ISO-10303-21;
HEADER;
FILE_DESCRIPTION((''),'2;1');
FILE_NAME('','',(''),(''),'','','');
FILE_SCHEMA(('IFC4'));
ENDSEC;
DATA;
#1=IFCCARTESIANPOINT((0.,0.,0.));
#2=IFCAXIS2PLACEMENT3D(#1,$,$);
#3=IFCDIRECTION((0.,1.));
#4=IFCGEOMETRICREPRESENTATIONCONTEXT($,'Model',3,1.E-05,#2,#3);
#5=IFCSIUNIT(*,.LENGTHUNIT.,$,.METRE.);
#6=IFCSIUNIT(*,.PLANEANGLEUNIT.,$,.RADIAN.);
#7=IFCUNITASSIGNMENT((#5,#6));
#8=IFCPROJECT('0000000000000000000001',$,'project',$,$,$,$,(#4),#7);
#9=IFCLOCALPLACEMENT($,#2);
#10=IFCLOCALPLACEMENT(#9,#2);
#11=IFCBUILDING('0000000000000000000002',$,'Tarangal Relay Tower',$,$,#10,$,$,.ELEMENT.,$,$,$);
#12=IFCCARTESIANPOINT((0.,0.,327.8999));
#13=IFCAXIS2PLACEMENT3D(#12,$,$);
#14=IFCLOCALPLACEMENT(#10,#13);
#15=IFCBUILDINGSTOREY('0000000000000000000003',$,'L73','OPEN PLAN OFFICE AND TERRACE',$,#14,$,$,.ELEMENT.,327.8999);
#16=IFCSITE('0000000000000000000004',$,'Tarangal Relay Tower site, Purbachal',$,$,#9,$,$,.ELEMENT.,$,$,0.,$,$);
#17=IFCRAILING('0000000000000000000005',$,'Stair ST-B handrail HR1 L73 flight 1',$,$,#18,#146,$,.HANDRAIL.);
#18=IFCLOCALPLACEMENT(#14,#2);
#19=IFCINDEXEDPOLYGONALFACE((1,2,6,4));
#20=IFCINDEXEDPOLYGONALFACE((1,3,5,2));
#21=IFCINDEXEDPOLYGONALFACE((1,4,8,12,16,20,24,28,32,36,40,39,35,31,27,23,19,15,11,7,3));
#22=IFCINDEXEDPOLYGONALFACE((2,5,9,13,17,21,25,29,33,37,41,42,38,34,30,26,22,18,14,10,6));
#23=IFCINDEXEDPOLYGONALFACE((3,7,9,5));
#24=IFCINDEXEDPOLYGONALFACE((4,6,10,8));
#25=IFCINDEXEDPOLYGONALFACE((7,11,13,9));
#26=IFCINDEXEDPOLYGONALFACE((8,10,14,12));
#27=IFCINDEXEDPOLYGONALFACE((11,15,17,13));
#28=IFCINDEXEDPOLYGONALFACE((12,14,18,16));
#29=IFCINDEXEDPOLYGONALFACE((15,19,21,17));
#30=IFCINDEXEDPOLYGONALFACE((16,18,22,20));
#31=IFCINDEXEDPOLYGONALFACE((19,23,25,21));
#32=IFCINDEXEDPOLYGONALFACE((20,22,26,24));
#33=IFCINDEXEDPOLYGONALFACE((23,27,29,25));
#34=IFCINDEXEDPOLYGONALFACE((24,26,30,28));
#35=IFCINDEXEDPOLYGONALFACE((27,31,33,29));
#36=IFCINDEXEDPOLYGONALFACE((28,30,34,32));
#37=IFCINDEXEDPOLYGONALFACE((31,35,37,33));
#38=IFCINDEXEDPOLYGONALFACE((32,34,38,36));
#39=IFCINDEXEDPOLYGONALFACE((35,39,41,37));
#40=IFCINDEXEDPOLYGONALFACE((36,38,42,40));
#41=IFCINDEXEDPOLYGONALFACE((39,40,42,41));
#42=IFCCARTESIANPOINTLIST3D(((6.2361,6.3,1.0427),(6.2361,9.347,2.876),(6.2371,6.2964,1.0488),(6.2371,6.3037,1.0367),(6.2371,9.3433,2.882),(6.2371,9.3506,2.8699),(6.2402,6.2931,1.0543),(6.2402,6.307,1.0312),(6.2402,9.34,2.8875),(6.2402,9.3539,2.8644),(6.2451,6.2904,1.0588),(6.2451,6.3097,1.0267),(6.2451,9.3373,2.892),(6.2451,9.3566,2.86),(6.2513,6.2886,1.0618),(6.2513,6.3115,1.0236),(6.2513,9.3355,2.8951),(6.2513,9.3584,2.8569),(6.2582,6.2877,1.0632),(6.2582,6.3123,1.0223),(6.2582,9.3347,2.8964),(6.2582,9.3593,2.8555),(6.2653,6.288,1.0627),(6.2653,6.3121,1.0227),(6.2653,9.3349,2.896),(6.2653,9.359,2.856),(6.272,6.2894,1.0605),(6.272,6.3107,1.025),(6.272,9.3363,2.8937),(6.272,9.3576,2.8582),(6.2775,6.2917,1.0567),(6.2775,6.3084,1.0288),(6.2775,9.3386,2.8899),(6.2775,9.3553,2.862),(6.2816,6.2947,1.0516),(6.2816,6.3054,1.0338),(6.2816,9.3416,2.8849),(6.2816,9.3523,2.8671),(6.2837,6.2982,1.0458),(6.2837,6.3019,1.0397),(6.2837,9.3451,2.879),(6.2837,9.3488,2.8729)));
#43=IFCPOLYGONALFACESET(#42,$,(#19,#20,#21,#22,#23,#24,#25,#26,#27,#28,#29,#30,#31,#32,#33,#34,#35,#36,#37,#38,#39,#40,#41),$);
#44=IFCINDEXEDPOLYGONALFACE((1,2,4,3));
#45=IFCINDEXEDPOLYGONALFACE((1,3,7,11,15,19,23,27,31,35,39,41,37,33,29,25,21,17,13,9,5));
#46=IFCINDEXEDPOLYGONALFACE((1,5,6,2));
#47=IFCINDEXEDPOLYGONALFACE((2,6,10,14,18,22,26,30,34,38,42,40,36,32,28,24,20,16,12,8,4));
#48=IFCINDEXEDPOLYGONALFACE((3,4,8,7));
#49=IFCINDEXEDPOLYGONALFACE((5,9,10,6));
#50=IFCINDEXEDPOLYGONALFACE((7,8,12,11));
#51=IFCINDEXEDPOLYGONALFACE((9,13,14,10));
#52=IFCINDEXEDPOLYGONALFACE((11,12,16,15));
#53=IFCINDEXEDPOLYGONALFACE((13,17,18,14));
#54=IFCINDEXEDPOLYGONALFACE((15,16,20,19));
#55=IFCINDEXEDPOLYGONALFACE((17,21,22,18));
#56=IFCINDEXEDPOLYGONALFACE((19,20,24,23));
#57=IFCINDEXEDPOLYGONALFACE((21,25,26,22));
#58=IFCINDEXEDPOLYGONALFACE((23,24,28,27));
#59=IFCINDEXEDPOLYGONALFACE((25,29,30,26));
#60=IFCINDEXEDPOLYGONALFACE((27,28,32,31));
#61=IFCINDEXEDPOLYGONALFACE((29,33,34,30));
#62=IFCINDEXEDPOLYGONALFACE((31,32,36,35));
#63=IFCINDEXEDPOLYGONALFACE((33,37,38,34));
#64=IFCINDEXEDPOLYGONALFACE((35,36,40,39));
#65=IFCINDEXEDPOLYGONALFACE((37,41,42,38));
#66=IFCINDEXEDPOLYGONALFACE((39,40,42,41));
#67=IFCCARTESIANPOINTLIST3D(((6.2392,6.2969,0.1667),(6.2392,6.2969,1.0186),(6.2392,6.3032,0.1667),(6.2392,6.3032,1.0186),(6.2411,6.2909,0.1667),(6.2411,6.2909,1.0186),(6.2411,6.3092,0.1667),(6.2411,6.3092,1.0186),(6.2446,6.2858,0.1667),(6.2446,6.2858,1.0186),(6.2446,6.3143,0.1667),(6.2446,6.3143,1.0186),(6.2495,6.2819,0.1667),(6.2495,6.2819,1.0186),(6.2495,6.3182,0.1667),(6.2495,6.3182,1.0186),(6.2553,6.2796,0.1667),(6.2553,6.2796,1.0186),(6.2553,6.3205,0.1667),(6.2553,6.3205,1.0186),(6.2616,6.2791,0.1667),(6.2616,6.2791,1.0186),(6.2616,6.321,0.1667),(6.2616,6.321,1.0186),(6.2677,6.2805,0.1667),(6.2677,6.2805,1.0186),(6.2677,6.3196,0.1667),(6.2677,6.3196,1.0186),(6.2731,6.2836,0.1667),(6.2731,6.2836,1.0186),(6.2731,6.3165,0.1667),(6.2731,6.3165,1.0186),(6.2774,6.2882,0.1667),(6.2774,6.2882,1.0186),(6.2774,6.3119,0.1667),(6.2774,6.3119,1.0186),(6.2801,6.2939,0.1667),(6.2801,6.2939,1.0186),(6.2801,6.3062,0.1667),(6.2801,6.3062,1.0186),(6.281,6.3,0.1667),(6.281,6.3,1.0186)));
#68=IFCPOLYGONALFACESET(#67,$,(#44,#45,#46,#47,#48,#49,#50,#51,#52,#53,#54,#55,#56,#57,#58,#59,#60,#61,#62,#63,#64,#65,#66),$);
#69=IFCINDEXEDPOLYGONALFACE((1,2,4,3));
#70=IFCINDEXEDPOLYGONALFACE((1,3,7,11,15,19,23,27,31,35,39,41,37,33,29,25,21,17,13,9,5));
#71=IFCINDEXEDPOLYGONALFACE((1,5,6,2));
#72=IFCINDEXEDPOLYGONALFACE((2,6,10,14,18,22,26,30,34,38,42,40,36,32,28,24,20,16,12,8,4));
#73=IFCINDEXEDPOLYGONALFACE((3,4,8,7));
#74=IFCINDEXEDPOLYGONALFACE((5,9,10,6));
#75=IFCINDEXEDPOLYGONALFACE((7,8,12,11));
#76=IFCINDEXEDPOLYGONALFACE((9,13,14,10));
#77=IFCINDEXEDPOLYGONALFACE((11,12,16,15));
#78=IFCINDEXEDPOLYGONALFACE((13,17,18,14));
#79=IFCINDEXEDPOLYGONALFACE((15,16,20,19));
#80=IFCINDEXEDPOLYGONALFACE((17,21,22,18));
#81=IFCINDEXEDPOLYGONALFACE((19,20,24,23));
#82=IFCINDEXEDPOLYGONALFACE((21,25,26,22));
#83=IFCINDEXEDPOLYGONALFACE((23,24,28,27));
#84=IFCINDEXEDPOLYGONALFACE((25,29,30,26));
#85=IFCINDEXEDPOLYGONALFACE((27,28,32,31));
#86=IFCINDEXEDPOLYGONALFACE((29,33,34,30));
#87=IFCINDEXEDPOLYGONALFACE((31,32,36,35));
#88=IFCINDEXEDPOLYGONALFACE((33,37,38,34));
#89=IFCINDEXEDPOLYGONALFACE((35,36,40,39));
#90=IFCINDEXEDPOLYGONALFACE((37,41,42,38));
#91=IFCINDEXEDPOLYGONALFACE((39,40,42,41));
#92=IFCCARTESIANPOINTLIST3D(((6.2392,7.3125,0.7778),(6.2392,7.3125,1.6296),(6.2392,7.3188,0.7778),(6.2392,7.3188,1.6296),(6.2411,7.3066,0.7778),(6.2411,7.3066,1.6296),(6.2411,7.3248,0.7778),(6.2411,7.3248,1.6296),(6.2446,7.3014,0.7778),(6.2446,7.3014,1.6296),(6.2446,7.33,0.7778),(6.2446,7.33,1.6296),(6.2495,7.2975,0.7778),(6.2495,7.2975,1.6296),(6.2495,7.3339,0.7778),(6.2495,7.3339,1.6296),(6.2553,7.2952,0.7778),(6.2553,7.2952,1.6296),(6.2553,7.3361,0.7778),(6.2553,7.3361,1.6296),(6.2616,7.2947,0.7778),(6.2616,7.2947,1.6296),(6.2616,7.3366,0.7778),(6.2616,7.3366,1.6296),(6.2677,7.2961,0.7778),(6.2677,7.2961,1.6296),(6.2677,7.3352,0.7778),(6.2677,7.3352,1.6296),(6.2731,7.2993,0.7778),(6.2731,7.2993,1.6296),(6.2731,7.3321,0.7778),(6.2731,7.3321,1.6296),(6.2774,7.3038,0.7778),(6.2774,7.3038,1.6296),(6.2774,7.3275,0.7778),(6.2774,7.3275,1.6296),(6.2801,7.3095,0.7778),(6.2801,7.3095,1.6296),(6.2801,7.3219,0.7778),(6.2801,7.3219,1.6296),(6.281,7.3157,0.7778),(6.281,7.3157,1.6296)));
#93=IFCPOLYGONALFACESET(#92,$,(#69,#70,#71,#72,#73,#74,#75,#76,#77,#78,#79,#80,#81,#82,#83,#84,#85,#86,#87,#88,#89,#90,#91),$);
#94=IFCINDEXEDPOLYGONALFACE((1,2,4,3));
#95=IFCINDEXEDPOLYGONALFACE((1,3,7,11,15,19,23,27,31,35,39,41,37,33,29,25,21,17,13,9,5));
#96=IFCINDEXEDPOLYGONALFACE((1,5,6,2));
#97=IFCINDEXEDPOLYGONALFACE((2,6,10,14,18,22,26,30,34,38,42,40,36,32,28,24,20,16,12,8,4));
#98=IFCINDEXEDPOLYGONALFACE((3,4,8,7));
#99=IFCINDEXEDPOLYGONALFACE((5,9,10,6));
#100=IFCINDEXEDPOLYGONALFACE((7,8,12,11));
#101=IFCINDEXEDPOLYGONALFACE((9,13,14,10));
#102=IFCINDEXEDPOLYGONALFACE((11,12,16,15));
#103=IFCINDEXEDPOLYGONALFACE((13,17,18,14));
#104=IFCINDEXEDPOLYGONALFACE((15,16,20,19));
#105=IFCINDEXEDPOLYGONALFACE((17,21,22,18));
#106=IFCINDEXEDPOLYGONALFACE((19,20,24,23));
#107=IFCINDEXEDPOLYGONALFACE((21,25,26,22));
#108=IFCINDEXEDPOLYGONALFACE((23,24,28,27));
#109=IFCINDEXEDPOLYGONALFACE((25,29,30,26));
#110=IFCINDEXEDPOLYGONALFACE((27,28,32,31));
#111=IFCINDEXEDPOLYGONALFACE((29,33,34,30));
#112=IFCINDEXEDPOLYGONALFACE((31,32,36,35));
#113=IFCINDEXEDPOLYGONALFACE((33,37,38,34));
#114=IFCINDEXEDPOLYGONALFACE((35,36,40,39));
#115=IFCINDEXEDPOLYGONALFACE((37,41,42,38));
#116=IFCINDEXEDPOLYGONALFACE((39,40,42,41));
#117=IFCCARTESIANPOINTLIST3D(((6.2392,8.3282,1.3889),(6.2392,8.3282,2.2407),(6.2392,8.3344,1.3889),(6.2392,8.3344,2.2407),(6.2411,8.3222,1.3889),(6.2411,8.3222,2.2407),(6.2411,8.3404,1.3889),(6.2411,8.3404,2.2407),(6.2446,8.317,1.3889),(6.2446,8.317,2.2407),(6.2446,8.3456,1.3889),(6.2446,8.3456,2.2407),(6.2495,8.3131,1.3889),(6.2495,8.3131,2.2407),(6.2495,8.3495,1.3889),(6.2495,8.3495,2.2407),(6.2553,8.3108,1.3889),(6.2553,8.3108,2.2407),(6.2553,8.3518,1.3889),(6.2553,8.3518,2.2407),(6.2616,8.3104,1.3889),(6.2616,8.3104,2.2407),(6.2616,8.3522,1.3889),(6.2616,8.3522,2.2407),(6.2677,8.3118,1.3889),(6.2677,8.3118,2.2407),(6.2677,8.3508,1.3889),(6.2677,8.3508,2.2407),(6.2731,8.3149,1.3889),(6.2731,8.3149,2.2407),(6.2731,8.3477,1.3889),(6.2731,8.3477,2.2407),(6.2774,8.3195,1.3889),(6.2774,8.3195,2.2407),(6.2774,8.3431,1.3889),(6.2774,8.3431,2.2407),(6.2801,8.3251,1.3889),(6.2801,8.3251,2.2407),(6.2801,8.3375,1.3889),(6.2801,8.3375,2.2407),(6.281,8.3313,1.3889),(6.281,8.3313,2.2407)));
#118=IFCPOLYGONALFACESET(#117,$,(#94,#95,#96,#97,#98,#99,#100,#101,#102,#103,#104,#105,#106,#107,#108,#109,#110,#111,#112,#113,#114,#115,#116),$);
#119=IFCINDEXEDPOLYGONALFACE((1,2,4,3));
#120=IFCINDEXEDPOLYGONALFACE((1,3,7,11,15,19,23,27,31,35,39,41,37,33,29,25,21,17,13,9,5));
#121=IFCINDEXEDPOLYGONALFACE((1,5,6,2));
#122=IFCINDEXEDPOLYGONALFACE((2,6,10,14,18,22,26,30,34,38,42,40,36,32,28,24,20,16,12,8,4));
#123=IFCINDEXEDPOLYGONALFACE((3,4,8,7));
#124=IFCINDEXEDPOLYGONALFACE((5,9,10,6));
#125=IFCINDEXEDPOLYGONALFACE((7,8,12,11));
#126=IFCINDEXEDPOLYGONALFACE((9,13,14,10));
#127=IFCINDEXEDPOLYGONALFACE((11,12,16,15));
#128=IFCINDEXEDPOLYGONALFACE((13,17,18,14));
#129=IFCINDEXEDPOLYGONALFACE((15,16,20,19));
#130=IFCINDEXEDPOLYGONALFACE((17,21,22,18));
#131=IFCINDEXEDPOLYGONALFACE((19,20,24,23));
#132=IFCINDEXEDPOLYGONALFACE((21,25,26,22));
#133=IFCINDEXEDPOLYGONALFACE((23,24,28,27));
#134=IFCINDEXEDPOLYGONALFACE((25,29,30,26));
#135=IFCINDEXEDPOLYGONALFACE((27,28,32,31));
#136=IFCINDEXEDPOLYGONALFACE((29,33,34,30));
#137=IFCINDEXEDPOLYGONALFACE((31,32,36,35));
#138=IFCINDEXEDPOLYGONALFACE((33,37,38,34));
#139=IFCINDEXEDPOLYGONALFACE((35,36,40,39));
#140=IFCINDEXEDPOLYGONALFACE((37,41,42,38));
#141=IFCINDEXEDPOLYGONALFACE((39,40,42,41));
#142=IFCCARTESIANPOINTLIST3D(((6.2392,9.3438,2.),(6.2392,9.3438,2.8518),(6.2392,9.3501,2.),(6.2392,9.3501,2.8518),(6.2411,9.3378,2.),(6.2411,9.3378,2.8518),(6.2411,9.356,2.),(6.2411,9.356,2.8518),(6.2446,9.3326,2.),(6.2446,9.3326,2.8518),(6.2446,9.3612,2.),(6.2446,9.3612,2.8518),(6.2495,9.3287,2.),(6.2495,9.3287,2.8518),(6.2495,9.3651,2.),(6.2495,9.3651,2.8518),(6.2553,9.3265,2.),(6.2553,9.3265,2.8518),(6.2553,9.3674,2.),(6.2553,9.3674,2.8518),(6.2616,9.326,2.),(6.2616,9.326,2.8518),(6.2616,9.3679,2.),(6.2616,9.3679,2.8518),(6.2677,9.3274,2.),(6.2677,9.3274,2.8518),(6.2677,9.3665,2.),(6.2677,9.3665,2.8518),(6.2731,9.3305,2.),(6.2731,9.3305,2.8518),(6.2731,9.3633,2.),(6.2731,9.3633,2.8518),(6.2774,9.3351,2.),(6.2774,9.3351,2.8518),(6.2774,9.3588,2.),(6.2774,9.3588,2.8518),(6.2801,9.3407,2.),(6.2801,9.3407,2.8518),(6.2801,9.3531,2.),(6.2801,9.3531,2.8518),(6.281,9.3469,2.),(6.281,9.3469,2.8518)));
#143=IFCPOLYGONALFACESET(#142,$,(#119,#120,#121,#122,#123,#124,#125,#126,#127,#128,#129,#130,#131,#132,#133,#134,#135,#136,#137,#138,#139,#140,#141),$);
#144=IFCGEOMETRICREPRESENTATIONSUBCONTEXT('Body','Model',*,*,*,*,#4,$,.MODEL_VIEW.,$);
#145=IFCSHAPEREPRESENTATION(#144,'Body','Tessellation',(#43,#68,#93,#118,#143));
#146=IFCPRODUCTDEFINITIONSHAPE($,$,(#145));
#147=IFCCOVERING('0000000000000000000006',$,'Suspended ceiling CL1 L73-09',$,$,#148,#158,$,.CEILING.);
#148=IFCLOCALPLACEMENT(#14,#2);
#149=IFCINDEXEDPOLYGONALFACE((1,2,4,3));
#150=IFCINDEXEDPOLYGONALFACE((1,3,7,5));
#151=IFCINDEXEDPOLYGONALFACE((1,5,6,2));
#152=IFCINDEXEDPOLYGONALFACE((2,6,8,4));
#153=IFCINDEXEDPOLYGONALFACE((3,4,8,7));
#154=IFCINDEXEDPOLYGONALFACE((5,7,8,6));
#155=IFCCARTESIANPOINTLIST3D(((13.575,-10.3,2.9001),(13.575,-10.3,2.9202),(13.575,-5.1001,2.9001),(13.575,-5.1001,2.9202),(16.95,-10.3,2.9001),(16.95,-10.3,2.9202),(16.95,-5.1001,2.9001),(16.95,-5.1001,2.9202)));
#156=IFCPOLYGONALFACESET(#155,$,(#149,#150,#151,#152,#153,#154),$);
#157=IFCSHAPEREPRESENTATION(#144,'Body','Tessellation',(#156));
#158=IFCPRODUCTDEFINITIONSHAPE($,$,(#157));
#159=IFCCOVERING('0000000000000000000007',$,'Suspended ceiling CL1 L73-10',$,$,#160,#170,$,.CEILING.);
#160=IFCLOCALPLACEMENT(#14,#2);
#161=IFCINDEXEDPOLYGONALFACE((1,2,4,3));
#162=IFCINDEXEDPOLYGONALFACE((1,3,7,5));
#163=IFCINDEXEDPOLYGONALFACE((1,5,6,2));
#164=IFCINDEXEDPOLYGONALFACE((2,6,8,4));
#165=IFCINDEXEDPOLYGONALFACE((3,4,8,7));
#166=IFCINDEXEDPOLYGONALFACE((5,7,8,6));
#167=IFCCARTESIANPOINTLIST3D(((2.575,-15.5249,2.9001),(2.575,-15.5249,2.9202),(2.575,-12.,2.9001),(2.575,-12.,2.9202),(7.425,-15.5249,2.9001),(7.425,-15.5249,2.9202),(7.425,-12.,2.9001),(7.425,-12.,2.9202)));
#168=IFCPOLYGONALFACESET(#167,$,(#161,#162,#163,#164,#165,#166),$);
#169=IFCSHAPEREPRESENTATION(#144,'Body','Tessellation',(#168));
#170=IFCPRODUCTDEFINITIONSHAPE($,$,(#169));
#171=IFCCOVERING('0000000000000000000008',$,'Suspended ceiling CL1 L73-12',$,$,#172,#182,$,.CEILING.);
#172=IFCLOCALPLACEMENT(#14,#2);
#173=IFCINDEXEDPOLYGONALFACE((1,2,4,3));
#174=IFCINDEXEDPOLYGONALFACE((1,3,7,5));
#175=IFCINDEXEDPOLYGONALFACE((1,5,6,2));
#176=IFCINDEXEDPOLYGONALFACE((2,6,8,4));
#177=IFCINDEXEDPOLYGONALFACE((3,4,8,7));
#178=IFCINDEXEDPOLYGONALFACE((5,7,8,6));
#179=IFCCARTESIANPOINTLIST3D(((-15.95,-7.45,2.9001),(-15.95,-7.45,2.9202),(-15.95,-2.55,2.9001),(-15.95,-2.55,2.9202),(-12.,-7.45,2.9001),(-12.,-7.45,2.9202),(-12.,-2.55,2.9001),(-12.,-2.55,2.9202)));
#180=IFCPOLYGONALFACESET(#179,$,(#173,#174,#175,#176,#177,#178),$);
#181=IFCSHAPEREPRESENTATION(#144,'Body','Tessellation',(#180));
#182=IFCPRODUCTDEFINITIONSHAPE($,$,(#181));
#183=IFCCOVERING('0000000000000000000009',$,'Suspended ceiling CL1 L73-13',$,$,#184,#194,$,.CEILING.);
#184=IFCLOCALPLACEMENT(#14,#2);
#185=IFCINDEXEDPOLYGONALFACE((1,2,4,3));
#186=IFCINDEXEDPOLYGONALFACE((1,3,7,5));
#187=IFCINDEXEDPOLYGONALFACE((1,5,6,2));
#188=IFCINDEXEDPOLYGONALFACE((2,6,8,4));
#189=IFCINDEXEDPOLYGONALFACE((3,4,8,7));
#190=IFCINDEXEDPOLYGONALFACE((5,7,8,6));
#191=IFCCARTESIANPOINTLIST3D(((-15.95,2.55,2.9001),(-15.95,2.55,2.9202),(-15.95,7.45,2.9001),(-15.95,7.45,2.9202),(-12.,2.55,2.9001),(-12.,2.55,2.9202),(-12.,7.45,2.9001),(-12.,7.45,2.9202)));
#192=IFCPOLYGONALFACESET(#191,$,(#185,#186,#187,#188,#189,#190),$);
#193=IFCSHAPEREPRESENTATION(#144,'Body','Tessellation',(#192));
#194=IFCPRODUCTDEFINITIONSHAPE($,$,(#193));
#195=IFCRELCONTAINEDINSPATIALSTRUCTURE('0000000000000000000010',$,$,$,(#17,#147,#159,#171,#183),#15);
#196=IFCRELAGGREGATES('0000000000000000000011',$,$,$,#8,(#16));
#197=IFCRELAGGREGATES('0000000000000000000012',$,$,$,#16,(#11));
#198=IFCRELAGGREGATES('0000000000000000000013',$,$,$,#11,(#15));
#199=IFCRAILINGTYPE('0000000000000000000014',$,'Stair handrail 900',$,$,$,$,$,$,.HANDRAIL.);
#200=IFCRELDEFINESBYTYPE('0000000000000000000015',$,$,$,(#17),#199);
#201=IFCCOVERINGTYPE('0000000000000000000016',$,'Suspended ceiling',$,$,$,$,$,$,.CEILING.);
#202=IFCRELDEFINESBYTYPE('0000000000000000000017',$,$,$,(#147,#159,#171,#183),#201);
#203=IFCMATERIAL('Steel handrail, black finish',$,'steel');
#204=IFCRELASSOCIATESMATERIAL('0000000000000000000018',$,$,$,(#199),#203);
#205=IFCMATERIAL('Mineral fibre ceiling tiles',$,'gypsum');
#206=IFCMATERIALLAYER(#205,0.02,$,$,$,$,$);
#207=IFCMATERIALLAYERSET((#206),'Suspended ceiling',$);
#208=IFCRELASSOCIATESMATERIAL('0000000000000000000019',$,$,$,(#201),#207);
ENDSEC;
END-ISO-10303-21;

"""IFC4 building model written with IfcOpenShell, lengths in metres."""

from ifc_helpers import new_model, si_unit, direction, frame, origin, origin_2d, place, context, subcontext, project, spatial, polyline, circle, outline, extrude, material, layer, layer_set, type_object, element, save


model = new_model("IFC4")

# Units and contexts
model_context = context("Model", 3, precision=1e-05, world=origin(), true_north=direction((0.0, 1.0)))
body_context = subcontext(model_context, "Body", "Model", "MODEL_VIEW")
ifc_project = project(units=[si_unit("LENGTHUNIT", "METRE"), si_unit("PLANEANGLEUNIT", "RADIAN")], contexts=[model_context])

# Site, building, storey
site_placement = place(None, origin())
site = spatial("IfcSite", under=ifc_project, at=site_placement, Name="Tarangal Relay Tower site, Purbachal", CompositionType="ELEMENT", RefElevation=0.0)
building_placement = place(site_placement, origin())
building = spatial("IfcBuilding", under=site, at=building_placement, Name="Tarangal Relay Tower", CompositionType="ELEMENT")
storey_placement = place(building_placement, frame((0.0, 0.0, 327.8999)))
storey = spatial("IfcBuildingStorey", under=building, at=storey_placement, Name="L73", Description="OPEN PLAN OFFICE AND TERRACE", CompositionType="ELEMENT", Elevation=327.8999)

# Railing
ifc_material_1 = material(Name="Steel handrail, black finish", Category="steel")
railing_type_1 = type_object("IfcRailingType", Name="Stair handrail 900", PredefinedType="HANDRAIL", material=ifc_material_1)
railing_1_placement = place(storey_placement, frame((6.26, 6.3, 0.1667)))
element("IfcRailing", 1, at=railing_1_placement, inside=storey, type_object=railing_type_1, Name="Stair ST-B handrail HR1 L73 flight 1", PredefinedType="HANDRAIL", context=body_context, shape_type="SweptSolid", body=[
    extrude(circle(Radius=0.0239, at=origin_2d()), frame((0.0, 0.0, 0.876), z_axis=(0.0, 0.856856, 0.515556), x_axis=(-1.0, 0.0, 0.0)), (0.0, 0.0, 1.0), 3.5559),
    extrude(circle(Radius=0.021, at=origin_2d()), origin(), (0.0, 0.0, 1.0), 0.8518),
    extrude(circle(Radius=0.021, at=origin_2d()), frame((0.0, 1.0156, 0.6111)), (0.0, 0.0, 1.0), 0.8518),
    extrude(circle(Radius=0.021, at=origin_2d()), frame((0.0, 2.0312, 1.2222)), (0.0, 0.0, 1.0), 0.8518),
    extrude(circle(Radius=0.021, at=origin_2d()), frame((0.0, 3.0469, 1.8333)), (0.0, 0.0, 1.0), 0.8518),
])

# Coverings
ifc_material_2 = material(Name="Mineral fibre ceiling tiles", Category="gypsum")
ifc_layer_1 = layer(ifc_material_2, 0.02)
ifc_layer_set_1 = layer_set([ifc_layer_1], Name="Suspended ceiling")
covering_type = type_object("IfcCoveringType", Name="Suspended ceiling", PredefinedType="CEILING", material=ifc_layer_set_1)
covering_1_placement = place(storey_placement, frame((0.0, 0.0, 2.9001)))
element("IfcCovering", 2, at=covering_1_placement, inside=storey, type_object=covering_type, Name="Suspended ceiling CL1 L73-09", PredefinedType="CEILING", context=body_context, shape_type="SweptSolid", body=[
    extrude(outline(polyline([(13.575, -5.1001), (13.575, -10.3), (16.95, -10.3), (16.95, -5.1001), (13.575, -5.1001)])), origin(), (0.0, 0.0, 1.0), 0.02),
])
covering_2_placement = place(storey_placement, frame((0.0, 0.0, 2.9001)))
element("IfcCovering", 3, at=covering_2_placement, inside=storey, type_object=covering_type, Name="Suspended ceiling CL1 L73-10", PredefinedType="CEILING", context=body_context, shape_type="SweptSolid", body=[
    extrude(outline(polyline([(2.575, -12.0), (2.575, -15.5249), (7.425, -15.5249), (7.425, -12.0), (2.575, -12.0)])), origin(), (0.0, 0.0, 1.0), 0.02),
])
covering_3_placement = place(storey_placement, frame((0.0, 0.0, 2.9001)))
element("IfcCovering", 4, at=covering_3_placement, inside=storey, type_object=covering_type, Name="Suspended ceiling CL1 L73-12", PredefinedType="CEILING", context=body_context, shape_type="SweptSolid", body=[
    extrude(outline(polyline([(-12.0, -2.55), (-15.95, -2.55), (-15.95, -7.45), (-12.0, -7.45), (-12.0, -2.55)])), origin(), (0.0, 0.0, 1.0), 0.02),
])
covering_4_placement = place(storey_placement, frame((0.0, 0.0, 2.9001)))
element("IfcCovering", 5, at=covering_4_placement, inside=storey, type_object=covering_type, Name="Suspended ceiling CL1 L73-13", PredefinedType="CEILING", context=body_context, shape_type="SweptSolid", body=[
    extrude(outline(polyline([(-12.0, 7.45), (-15.95, 7.45), (-15.95, 2.55), (-12.0, 2.55), (-12.0, 7.45)])), origin(), (0.0, 0.0, 1.0), 0.02),
])

save(model, "model.ifc")
